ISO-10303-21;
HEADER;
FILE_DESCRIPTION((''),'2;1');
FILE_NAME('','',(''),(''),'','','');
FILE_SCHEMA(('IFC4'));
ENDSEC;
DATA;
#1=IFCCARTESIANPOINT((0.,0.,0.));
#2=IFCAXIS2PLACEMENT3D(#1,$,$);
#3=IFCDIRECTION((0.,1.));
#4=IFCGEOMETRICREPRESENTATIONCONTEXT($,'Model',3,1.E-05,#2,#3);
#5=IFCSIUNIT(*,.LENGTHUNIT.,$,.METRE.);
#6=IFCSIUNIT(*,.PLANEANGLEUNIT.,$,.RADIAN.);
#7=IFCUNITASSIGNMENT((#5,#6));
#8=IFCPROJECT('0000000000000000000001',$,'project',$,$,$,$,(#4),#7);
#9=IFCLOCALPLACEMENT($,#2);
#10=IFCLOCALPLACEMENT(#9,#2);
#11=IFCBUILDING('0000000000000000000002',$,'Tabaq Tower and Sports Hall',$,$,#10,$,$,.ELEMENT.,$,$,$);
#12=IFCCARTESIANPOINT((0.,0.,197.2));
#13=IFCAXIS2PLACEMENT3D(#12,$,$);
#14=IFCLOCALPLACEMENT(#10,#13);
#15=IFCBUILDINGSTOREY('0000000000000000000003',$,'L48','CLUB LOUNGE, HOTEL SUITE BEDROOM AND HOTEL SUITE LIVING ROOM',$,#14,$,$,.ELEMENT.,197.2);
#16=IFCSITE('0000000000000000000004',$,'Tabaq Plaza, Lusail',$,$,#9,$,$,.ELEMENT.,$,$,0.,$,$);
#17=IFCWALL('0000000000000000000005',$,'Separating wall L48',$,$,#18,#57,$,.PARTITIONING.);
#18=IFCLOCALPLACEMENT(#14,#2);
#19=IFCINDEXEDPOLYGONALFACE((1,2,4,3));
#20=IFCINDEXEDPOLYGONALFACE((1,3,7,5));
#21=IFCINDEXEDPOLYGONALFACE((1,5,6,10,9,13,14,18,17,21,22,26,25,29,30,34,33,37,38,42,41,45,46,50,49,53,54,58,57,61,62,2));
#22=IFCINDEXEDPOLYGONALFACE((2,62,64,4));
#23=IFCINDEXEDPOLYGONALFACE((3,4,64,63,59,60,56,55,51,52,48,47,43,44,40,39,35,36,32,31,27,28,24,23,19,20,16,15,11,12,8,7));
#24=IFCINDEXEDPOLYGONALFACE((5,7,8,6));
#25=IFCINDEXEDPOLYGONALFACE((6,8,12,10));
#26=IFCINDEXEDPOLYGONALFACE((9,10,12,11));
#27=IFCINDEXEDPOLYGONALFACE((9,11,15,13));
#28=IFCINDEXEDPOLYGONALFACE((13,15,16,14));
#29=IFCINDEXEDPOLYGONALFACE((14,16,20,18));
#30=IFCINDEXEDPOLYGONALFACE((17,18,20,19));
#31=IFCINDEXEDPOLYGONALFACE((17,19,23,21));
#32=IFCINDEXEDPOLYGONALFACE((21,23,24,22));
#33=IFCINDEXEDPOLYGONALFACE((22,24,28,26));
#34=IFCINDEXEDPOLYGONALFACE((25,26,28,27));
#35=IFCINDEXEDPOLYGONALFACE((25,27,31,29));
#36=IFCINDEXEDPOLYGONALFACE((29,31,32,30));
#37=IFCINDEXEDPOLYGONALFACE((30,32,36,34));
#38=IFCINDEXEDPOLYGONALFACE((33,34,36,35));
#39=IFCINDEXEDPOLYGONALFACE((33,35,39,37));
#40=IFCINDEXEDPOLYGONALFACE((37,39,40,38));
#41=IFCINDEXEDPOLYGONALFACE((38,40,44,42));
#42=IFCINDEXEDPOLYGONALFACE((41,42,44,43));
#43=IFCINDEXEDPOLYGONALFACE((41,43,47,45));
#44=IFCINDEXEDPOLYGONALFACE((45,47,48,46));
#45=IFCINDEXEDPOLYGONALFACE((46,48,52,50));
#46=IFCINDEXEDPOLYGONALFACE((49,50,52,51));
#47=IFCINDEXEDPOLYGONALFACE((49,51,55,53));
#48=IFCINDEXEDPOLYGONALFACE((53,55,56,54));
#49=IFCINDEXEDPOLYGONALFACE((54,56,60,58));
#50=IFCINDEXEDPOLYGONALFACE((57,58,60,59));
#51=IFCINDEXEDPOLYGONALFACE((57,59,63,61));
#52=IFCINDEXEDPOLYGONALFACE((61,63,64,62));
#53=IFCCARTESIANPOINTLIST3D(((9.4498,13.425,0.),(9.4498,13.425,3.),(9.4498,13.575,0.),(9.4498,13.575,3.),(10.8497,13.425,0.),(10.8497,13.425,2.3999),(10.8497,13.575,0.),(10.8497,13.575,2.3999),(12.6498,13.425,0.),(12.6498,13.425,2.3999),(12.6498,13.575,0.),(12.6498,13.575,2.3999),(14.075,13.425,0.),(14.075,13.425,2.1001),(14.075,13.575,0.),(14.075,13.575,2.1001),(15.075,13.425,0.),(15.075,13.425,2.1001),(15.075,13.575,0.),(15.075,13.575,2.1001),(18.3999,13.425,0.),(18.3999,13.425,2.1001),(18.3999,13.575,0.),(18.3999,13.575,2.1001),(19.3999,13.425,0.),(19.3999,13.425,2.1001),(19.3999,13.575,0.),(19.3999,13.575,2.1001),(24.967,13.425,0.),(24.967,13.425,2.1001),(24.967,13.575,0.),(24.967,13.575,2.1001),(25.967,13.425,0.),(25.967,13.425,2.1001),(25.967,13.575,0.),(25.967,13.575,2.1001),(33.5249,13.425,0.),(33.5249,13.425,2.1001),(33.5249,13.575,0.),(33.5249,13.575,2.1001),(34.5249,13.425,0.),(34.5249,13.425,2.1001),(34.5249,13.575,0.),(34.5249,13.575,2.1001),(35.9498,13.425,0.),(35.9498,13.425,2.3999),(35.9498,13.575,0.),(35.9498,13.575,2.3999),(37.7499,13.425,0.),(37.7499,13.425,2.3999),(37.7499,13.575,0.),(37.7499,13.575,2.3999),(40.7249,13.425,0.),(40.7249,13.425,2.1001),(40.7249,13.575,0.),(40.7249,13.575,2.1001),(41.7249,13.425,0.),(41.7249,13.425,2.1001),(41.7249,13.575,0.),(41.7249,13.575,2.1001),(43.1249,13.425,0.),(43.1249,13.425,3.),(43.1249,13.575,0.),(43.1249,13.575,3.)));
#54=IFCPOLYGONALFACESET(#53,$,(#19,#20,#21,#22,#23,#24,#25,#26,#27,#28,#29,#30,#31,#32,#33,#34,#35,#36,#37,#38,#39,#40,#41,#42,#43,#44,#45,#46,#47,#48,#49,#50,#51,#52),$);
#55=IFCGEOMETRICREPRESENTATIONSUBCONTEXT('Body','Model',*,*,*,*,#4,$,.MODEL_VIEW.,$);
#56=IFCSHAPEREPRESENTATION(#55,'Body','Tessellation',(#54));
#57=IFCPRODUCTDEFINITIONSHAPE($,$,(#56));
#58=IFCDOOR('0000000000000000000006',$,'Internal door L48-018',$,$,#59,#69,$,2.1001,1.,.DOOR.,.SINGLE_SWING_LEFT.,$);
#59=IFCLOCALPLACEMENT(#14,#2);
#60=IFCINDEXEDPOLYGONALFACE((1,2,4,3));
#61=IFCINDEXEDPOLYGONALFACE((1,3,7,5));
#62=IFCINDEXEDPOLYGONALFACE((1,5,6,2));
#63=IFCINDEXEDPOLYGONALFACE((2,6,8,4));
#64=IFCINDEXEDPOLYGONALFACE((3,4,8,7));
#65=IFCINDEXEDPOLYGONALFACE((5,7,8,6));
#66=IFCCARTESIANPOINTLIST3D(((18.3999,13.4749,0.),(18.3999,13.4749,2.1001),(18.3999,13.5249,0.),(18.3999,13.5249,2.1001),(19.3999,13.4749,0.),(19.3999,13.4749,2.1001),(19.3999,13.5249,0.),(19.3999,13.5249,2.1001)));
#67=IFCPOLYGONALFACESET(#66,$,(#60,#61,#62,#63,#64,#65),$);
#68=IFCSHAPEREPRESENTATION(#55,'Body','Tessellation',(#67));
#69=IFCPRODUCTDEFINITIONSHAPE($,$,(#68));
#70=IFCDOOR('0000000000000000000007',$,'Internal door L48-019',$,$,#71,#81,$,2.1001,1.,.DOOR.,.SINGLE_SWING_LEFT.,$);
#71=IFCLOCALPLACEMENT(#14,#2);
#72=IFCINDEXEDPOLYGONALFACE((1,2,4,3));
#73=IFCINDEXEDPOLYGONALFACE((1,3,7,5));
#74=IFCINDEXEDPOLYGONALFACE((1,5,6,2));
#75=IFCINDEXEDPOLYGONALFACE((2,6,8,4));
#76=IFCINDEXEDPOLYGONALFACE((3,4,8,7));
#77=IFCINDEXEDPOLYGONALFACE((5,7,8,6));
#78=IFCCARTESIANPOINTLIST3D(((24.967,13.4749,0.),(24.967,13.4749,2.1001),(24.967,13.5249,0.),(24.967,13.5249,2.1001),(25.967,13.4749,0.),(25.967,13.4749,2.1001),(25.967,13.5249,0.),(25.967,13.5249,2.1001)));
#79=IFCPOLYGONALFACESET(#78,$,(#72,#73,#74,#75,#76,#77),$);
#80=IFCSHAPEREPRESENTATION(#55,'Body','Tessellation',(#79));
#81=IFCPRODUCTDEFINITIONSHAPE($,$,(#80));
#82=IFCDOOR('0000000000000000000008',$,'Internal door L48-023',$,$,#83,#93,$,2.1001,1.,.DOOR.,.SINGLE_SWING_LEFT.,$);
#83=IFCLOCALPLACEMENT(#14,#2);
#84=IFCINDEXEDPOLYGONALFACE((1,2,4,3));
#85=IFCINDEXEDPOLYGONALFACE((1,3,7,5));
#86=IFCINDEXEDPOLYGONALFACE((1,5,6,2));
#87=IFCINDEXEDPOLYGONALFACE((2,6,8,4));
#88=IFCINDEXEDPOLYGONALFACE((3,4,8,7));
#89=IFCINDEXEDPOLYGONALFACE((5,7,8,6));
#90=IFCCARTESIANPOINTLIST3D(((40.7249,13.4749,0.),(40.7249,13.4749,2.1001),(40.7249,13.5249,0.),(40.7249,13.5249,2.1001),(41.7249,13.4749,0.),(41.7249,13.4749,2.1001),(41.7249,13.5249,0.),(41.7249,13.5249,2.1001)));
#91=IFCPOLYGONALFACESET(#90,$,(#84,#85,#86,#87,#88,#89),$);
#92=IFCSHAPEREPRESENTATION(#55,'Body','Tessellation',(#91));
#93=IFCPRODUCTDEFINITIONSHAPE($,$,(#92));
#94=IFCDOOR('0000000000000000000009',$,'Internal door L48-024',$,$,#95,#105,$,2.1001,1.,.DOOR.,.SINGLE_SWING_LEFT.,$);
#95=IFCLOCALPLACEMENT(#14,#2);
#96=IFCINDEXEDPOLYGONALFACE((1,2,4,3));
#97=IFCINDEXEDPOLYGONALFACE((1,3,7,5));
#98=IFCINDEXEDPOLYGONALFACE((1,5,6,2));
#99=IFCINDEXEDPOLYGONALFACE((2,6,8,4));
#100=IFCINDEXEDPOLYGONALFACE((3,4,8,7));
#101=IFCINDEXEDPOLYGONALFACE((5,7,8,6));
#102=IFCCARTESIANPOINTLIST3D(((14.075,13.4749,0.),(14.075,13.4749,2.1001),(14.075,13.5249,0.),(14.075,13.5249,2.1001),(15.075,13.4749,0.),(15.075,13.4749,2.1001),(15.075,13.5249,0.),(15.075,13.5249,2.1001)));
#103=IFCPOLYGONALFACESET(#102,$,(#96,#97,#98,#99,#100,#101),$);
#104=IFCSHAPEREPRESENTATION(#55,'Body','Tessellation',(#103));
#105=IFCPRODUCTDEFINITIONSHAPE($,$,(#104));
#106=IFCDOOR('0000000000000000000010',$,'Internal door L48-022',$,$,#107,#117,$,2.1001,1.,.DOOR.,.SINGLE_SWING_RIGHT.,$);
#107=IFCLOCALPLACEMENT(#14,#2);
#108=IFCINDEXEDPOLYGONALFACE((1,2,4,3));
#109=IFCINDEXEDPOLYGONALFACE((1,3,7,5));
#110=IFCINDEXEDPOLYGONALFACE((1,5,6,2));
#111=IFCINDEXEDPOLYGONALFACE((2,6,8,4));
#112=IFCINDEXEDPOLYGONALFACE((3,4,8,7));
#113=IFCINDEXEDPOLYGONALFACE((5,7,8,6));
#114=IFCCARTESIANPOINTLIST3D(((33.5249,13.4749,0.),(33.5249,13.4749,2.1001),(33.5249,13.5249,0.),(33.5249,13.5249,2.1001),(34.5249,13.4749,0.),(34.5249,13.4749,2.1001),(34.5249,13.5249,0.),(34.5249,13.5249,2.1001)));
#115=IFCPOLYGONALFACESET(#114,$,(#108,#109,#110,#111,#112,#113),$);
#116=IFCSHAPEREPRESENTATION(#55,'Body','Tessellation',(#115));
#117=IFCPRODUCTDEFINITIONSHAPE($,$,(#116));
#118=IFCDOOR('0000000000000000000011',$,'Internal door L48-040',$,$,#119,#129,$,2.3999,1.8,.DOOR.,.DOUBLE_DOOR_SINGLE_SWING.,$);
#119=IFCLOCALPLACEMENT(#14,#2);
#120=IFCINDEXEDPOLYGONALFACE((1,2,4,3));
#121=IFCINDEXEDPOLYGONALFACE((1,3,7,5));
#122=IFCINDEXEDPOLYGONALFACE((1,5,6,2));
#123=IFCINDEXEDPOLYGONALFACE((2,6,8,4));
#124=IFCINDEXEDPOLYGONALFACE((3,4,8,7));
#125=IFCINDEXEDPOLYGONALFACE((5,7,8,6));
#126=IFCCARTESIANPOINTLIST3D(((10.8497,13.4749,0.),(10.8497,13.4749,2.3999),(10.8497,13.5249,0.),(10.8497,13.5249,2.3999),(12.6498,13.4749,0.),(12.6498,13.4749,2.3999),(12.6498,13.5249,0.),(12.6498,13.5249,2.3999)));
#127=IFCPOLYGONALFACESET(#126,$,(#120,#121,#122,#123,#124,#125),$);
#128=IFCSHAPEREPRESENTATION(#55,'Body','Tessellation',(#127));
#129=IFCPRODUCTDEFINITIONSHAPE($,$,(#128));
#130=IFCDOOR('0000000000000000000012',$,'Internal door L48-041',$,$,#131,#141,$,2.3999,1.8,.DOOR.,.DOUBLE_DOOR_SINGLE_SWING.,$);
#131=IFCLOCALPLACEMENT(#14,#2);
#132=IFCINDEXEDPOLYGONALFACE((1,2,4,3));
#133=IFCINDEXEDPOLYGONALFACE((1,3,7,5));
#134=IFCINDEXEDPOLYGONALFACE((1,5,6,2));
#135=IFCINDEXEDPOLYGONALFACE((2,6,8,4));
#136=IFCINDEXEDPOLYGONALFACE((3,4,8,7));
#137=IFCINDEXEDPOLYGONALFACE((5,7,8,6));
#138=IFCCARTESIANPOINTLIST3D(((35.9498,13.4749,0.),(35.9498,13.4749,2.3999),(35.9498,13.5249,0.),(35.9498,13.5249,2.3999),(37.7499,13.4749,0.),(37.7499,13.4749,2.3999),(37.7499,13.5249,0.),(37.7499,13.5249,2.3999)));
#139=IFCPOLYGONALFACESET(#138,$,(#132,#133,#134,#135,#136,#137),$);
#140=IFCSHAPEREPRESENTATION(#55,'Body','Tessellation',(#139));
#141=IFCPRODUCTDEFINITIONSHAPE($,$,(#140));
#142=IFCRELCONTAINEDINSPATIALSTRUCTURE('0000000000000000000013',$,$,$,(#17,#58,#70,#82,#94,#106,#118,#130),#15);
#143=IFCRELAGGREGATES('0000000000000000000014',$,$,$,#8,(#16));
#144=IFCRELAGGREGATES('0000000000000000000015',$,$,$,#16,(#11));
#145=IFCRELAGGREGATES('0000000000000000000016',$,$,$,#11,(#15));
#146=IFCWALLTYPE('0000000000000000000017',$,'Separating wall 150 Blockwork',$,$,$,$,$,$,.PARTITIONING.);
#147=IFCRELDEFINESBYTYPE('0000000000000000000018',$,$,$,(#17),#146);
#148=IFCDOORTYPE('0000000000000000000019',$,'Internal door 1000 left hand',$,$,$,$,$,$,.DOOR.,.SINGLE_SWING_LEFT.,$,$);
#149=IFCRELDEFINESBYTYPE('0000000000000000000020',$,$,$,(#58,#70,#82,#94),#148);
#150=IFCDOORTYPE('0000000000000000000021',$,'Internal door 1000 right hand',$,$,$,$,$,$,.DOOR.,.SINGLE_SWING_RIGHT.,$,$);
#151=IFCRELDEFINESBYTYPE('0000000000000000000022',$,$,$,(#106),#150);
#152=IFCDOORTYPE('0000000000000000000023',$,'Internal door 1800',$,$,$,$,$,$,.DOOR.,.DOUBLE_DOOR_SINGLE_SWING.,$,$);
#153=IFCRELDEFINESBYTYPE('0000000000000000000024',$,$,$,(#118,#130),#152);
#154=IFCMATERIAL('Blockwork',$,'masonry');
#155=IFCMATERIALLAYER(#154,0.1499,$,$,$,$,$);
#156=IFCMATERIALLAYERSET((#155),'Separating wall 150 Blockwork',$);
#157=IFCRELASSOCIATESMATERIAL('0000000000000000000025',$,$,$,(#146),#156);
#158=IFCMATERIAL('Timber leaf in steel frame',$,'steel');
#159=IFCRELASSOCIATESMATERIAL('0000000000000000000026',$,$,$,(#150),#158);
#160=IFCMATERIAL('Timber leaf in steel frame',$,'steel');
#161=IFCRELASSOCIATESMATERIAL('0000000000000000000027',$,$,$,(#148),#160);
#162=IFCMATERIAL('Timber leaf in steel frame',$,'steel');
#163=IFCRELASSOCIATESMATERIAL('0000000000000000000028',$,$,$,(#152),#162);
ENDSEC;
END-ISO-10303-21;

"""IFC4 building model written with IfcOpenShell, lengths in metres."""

from ifc_helpers import new_model, si_unit, direction, frame, frame_2d, origin, place, context, subcontext, project, spatial, rectangle, extrude, material, layer, layer_set, type_object, element, fill, save


model = new_model("IFC4")

# Units and contexts
model_context = context("Model", 3, precision=1e-05, world=origin(), true_north=direction((0.0, 1.0)))
body_context = subcontext(model_context, "Body", "Model", "MODEL_VIEW")
ifc_project = project(units=[si_unit("LENGTHUNIT", "METRE"), si_unit("PLANEANGLEUNIT", "RADIAN")], contexts=[model_context])

# Site, building, storey
site_placement = place(None, origin())
site = spatial("IfcSite", under=ifc_project, at=site_placement, Name="Tabaq Plaza, Lusail", CompositionType="ELEMENT", RefElevation=0.0)
building_placement = place(site_placement, origin())
building = spatial("IfcBuilding", under=site, at=building_placement, Name="Tabaq Tower and Sports Hall", CompositionType="ELEMENT")
storey_placement = place(building_placement, frame((0.0, 0.0, 197.2)))
storey = spatial("IfcBuildingStorey", under=building, at=storey_placement, Name="L48", Description="CLUB LOUNGE, HOTEL SUITE BEDROOM AND HOTEL SUITE LIVING ROOM", CompositionType="ELEMENT", Elevation=197.2)

# Wall, openings, doors
ifc_material_1 = material(Name="Blockwork", Category="masonry")
ifc_layer_1 = layer(ifc_material_1, 0.1499)
ifc_layer_set_1 = layer_set([ifc_layer_1], Name="Separating wall 150 Blockwork")
wall_type_1 = type_object("IfcWallType", Name="Separating wall 150 Blockwork", PredefinedType="PARTITIONING", material=ifc_layer_set_1)
ifc_material_2 = material(Name="Timber leaf in steel frame", Category="steel")
door_type_1 = type_object("IfcDoorType", Name="Internal door 1000 right hand", OperationType="SINGLE_SWING_RIGHT", PredefinedType="DOOR", material=ifc_material_2)
wall_1_placement = place(storey_placement, frame((9.45, 13.5, 0.0), z_axis=(0.0, 0.0, 1.0), x_axis=(1.0, 0.0, 0.0)))
wall_1 = element("IfcWall", 1, at=wall_1_placement, inside=storey, type_object=wall_type_1, Name="Separating wall L48", PredefinedType="PARTITIONING", context=body_context, shape_type="SweptSolid", body=[
    extrude(rectangle(XDim=33.675, YDim=0.1499, at=frame_2d((16.8374, 0.0))), origin(), (0.0, 0.0, 1.0), 3.0),
])
opening_1_placement = place(wall_1_placement, frame((8.95, 0.0, 0.0)))
opening_1 = element("IfcOpeningElement", 2, at=opening_1_placement, cuts=wall_1, PredefinedType="OPENING", context=body_context, shape_type="SweptSolid", body=[
    extrude(rectangle(XDim=1.0, YDim=2.1001, at=frame_2d((0.5, 1.05))), frame((0.0, 0.075, 0.0), z_axis=(0.0, -1.0, 0.0), x_axis=(1.0, 0.0, 0.0)), (0.0, 0.0, 1.0), 0.1499),
])
opening_2_placement = place(wall_1_placement, frame((15.5171, 0.0, 0.0)))
opening_2 = element("IfcOpeningElement", 3, at=opening_2_placement, cuts=wall_1, PredefinedType="OPENING", context=body_context, shape_type="SweptSolid", body=[
    extrude(rectangle(XDim=1.0, YDim=2.1001, at=frame_2d((0.5, 1.05))), frame((0.0, 0.075, 0.0), z_axis=(0.0, -1.0, 0.0), x_axis=(1.0, 0.0, 0.0)), (0.0, 0.0, 1.0), 0.1499),
])
opening_3_placement = place(wall_1_placement, frame((24.075, 0.0, 0.0)))
opening_3 = element("IfcOpeningElement", 4, at=opening_3_placement, cuts=wall_1, PredefinedType="OPENING", context=body_context, shape_type="SweptSolid", body=[
    extrude(rectangle(XDim=1.0, YDim=2.1001, at=frame_2d((0.5, 1.05))), frame((0.0, 0.075, 0.0), z_axis=(0.0, -1.0, 0.0), x_axis=(1.0, 0.0, 0.0)), (0.0, 0.0, 1.0), 0.1499),
])
opening_4_placement = place(wall_1_placement, frame((31.2749, 0.0, 0.0)))
opening_4 = element("IfcOpeningElement", 5, at=opening_4_placement, cuts=wall_1, PredefinedType="OPENING", context=body_context, shape_type="SweptSolid", body=[
    extrude(rectangle(XDim=1.0, YDim=2.1001, at=frame_2d((0.5, 1.05))), frame((0.0, 0.075, 0.0), z_axis=(0.0, -1.0, 0.0), x_axis=(1.0, 0.0, 0.0)), (0.0, 0.0, 1.0), 0.1499),
])
opening_5_placement = place(wall_1_placement, frame((4.625, 0.0, 0.0)))
opening_5 = element("IfcOpeningElement", 6, at=opening_5_placement, cuts=wall_1, PredefinedType="OPENING", context=body_context, shape_type="SweptSolid", body=[
    extrude(rectangle(XDim=1.0, YDim=2.1001, at=frame_2d((0.5, 1.05))), frame((0.0, 0.075, 0.0), z_axis=(0.0, -1.0, 0.0), x_axis=(1.0, 0.0, 0.0)), (0.0, 0.0, 1.0), 0.1499),
])
opening_6_placement = place(wall_1_placement, frame((1.3999, 0.0, 0.0)))
opening_6 = element("IfcOpeningElement", 7, at=opening_6_placement, cuts=wall_1, PredefinedType="OPENING", context=body_context, shape_type="SweptSolid", body=[
    extrude(rectangle(XDim=1.8, YDim=2.3999, at=frame_2d((0.8999, 1.2))), frame((0.0, 0.075, 0.0), z_axis=(0.0, -1.0, 0.0), x_axis=(1.0, 0.0, 0.0)), (0.0, 0.0, 1.0), 0.1499),
])
opening_7_placement = place(wall_1_placement, frame((26.5, 0.0, 0.0)))
opening_7 = element("IfcOpeningElement", 8, at=opening_7_placement, cuts=wall_1, PredefinedType="OPENING", context=body_context, shape_type="SweptSolid", body=[
    extrude(rectangle(XDim=1.8, YDim=2.3999, at=frame_2d((0.8999, 1.2))), frame((0.0, 0.075, 0.0), z_axis=(0.0, -1.0, 0.0), x_axis=(1.0, 0.0, 0.0)), (0.0, 0.0, 1.0), 0.1499),
])
ifc_material_3 = material(Name="Timber leaf in steel frame", Category="steel")
door_type_2 = type_object("IfcDoorType", Name="Internal door 1000 left hand", OperationType="SINGLE_SWING_LEFT", PredefinedType="DOOR", material=ifc_material_3)
door_1_placement = place(opening_1_placement, origin())
door_1 = element("IfcDoor", 9, at=door_1_placement, inside=storey, type_object=door_type_2, Name="Internal door L48-018", OperationType="SINGLE_SWING_LEFT", OverallHeight=2.1001, OverallWidth=1.0, PredefinedType="DOOR", context=body_context, shape_type="SweptSolid", body=[
    extrude(rectangle(XDim=1.0, YDim=2.1001, at=frame_2d((0.5, 1.05))), frame((0.0, 0.0249, 0.0), z_axis=(0.0, -1.0, 0.0), x_axis=(1.0, 0.0, 0.0)), (0.0, 0.0, 1.0), 0.05),
])
fill(opening_1, door_1)
door_2_placement = place(opening_2_placement, origin())
door_2 = element("IfcDoor", 10, at=door_2_placement, inside=storey, type_object=door_type_2, Name="Internal door L48-019", OperationType="SINGLE_SWING_LEFT", OverallHeight=2.1001, OverallWidth=1.0, PredefinedType="DOOR", context=body_context, shape_type="SweptSolid", body=[
    extrude(rectangle(XDim=1.0, YDim=2.1001, at=frame_2d((0.5, 1.05))), frame((0.0, 0.0249, 0.0), z_axis=(0.0, -1.0, 0.0), x_axis=(1.0, 0.0, 0.0)), (0.0, 0.0, 1.0), 0.05),
])
fill(opening_2, door_2)
door_3_placement = place(opening_4_placement, origin())
door_3 = element("IfcDoor", 11, at=door_3_placement, inside=storey, type_object=door_type_2, Name="Internal door L48-023", OperationType="SINGLE_SWING_LEFT", OverallHeight=2.1001, OverallWidth=1.0, PredefinedType="DOOR", context=body_context, shape_type="SweptSolid", body=[
    extrude(rectangle(XDim=1.0, YDim=2.1001, at=frame_2d((0.5, 1.05))), frame((0.0, 0.0249, 0.0), z_axis=(0.0, -1.0, 0.0), x_axis=(1.0, 0.0, 0.0)), (0.0, 0.0, 1.0), 0.05),
])
fill(opening_4, door_3)
door_4_placement = place(opening_5_placement, origin())
door_4 = element("IfcDoor", 12, at=door_4_placement, inside=storey, type_object=door_type_2, Name="Internal door L48-024", OperationType="SINGLE_SWING_LEFT", OverallHeight=2.1001, OverallWidth=1.0, PredefinedType="DOOR", context=body_context, shape_type="SweptSolid", body=[
    extrude(rectangle(XDim=1.0, YDim=2.1001, at=frame_2d((0.5, 1.05))), frame((0.0, 0.0249, 0.0), z_axis=(0.0, -1.0, 0.0), x_axis=(1.0, 0.0, 0.0)), (0.0, 0.0, 1.0), 0.05),
])
fill(opening_5, door_4)
door_5_placement = place(opening_3_placement, origin())
door_5 = element("IfcDoor", 13, at=door_5_placement, inside=storey, type_object=door_type_1, Name="Internal door L48-022", OperationType="SINGLE_SWING_RIGHT", OverallHeight=2.1001, OverallWidth=1.0, PredefinedType="DOOR", context=body_context, shape_type="SweptSolid", body=[
    extrude(rectangle(XDim=1.0, YDim=2.1001, at=frame_2d((0.5, 1.05))), frame((0.0, 0.0249, 0.0), z_axis=(0.0, -1.0, 0.0), x_axis=(1.0, 0.0, 0.0)), (0.0, 0.0, 1.0), 0.05),
])
fill(opening_3, door_5)
ifc_material_4 = material(Name="Timber leaf in steel frame", Category="steel")
door_type_3 = type_object("IfcDoorType", Name="Internal door 1800", OperationType="DOUBLE_DOOR_SINGLE_SWING", PredefinedType="DOOR", material=ifc_material_4)
door_6_placement = place(opening_6_placement, origin())
door_6 = element("IfcDoor", 14, at=door_6_placement, inside=storey, type_object=door_type_3, Name="Internal door L48-040", OperationType="DOUBLE_DOOR_SINGLE_SWING", OverallHeight=2.3999, OverallWidth=1.8, PredefinedType="DOOR", context=body_context, shape_type="SweptSolid", body=[
    extrude(rectangle(XDim=1.8, YDim=2.3999, at=frame_2d((0.8999, 1.2))), frame((0.0, 0.0249, 0.0), z_axis=(0.0, -1.0, 0.0), x_axis=(1.0, 0.0, 0.0)), (0.0, 0.0, 1.0), 0.05),
])
fill(opening_6, door_6)
door_7_placement = place(opening_7_placement, origin())
door_7 = element("IfcDoor", 15, at=door_7_placement, inside=storey, type_object=door_type_3, Name="Internal door L48-041", OperationType="DOUBLE_DOOR_SINGLE_SWING", OverallHeight=2.3999, OverallWidth=1.8, PredefinedType="DOOR", context=body_context, shape_type="SweptSolid", body=[
    extrude(rectangle(XDim=1.8, YDim=2.3999, at=frame_2d((0.8999, 1.2))), frame((0.0, 0.0249, 0.0), z_axis=(0.0, -1.0, 0.0), x_axis=(1.0, 0.0, 0.0)), (0.0, 0.0, 1.0), 0.05),
])
fill(opening_7, door_7)

save(model, "model.ifc")
